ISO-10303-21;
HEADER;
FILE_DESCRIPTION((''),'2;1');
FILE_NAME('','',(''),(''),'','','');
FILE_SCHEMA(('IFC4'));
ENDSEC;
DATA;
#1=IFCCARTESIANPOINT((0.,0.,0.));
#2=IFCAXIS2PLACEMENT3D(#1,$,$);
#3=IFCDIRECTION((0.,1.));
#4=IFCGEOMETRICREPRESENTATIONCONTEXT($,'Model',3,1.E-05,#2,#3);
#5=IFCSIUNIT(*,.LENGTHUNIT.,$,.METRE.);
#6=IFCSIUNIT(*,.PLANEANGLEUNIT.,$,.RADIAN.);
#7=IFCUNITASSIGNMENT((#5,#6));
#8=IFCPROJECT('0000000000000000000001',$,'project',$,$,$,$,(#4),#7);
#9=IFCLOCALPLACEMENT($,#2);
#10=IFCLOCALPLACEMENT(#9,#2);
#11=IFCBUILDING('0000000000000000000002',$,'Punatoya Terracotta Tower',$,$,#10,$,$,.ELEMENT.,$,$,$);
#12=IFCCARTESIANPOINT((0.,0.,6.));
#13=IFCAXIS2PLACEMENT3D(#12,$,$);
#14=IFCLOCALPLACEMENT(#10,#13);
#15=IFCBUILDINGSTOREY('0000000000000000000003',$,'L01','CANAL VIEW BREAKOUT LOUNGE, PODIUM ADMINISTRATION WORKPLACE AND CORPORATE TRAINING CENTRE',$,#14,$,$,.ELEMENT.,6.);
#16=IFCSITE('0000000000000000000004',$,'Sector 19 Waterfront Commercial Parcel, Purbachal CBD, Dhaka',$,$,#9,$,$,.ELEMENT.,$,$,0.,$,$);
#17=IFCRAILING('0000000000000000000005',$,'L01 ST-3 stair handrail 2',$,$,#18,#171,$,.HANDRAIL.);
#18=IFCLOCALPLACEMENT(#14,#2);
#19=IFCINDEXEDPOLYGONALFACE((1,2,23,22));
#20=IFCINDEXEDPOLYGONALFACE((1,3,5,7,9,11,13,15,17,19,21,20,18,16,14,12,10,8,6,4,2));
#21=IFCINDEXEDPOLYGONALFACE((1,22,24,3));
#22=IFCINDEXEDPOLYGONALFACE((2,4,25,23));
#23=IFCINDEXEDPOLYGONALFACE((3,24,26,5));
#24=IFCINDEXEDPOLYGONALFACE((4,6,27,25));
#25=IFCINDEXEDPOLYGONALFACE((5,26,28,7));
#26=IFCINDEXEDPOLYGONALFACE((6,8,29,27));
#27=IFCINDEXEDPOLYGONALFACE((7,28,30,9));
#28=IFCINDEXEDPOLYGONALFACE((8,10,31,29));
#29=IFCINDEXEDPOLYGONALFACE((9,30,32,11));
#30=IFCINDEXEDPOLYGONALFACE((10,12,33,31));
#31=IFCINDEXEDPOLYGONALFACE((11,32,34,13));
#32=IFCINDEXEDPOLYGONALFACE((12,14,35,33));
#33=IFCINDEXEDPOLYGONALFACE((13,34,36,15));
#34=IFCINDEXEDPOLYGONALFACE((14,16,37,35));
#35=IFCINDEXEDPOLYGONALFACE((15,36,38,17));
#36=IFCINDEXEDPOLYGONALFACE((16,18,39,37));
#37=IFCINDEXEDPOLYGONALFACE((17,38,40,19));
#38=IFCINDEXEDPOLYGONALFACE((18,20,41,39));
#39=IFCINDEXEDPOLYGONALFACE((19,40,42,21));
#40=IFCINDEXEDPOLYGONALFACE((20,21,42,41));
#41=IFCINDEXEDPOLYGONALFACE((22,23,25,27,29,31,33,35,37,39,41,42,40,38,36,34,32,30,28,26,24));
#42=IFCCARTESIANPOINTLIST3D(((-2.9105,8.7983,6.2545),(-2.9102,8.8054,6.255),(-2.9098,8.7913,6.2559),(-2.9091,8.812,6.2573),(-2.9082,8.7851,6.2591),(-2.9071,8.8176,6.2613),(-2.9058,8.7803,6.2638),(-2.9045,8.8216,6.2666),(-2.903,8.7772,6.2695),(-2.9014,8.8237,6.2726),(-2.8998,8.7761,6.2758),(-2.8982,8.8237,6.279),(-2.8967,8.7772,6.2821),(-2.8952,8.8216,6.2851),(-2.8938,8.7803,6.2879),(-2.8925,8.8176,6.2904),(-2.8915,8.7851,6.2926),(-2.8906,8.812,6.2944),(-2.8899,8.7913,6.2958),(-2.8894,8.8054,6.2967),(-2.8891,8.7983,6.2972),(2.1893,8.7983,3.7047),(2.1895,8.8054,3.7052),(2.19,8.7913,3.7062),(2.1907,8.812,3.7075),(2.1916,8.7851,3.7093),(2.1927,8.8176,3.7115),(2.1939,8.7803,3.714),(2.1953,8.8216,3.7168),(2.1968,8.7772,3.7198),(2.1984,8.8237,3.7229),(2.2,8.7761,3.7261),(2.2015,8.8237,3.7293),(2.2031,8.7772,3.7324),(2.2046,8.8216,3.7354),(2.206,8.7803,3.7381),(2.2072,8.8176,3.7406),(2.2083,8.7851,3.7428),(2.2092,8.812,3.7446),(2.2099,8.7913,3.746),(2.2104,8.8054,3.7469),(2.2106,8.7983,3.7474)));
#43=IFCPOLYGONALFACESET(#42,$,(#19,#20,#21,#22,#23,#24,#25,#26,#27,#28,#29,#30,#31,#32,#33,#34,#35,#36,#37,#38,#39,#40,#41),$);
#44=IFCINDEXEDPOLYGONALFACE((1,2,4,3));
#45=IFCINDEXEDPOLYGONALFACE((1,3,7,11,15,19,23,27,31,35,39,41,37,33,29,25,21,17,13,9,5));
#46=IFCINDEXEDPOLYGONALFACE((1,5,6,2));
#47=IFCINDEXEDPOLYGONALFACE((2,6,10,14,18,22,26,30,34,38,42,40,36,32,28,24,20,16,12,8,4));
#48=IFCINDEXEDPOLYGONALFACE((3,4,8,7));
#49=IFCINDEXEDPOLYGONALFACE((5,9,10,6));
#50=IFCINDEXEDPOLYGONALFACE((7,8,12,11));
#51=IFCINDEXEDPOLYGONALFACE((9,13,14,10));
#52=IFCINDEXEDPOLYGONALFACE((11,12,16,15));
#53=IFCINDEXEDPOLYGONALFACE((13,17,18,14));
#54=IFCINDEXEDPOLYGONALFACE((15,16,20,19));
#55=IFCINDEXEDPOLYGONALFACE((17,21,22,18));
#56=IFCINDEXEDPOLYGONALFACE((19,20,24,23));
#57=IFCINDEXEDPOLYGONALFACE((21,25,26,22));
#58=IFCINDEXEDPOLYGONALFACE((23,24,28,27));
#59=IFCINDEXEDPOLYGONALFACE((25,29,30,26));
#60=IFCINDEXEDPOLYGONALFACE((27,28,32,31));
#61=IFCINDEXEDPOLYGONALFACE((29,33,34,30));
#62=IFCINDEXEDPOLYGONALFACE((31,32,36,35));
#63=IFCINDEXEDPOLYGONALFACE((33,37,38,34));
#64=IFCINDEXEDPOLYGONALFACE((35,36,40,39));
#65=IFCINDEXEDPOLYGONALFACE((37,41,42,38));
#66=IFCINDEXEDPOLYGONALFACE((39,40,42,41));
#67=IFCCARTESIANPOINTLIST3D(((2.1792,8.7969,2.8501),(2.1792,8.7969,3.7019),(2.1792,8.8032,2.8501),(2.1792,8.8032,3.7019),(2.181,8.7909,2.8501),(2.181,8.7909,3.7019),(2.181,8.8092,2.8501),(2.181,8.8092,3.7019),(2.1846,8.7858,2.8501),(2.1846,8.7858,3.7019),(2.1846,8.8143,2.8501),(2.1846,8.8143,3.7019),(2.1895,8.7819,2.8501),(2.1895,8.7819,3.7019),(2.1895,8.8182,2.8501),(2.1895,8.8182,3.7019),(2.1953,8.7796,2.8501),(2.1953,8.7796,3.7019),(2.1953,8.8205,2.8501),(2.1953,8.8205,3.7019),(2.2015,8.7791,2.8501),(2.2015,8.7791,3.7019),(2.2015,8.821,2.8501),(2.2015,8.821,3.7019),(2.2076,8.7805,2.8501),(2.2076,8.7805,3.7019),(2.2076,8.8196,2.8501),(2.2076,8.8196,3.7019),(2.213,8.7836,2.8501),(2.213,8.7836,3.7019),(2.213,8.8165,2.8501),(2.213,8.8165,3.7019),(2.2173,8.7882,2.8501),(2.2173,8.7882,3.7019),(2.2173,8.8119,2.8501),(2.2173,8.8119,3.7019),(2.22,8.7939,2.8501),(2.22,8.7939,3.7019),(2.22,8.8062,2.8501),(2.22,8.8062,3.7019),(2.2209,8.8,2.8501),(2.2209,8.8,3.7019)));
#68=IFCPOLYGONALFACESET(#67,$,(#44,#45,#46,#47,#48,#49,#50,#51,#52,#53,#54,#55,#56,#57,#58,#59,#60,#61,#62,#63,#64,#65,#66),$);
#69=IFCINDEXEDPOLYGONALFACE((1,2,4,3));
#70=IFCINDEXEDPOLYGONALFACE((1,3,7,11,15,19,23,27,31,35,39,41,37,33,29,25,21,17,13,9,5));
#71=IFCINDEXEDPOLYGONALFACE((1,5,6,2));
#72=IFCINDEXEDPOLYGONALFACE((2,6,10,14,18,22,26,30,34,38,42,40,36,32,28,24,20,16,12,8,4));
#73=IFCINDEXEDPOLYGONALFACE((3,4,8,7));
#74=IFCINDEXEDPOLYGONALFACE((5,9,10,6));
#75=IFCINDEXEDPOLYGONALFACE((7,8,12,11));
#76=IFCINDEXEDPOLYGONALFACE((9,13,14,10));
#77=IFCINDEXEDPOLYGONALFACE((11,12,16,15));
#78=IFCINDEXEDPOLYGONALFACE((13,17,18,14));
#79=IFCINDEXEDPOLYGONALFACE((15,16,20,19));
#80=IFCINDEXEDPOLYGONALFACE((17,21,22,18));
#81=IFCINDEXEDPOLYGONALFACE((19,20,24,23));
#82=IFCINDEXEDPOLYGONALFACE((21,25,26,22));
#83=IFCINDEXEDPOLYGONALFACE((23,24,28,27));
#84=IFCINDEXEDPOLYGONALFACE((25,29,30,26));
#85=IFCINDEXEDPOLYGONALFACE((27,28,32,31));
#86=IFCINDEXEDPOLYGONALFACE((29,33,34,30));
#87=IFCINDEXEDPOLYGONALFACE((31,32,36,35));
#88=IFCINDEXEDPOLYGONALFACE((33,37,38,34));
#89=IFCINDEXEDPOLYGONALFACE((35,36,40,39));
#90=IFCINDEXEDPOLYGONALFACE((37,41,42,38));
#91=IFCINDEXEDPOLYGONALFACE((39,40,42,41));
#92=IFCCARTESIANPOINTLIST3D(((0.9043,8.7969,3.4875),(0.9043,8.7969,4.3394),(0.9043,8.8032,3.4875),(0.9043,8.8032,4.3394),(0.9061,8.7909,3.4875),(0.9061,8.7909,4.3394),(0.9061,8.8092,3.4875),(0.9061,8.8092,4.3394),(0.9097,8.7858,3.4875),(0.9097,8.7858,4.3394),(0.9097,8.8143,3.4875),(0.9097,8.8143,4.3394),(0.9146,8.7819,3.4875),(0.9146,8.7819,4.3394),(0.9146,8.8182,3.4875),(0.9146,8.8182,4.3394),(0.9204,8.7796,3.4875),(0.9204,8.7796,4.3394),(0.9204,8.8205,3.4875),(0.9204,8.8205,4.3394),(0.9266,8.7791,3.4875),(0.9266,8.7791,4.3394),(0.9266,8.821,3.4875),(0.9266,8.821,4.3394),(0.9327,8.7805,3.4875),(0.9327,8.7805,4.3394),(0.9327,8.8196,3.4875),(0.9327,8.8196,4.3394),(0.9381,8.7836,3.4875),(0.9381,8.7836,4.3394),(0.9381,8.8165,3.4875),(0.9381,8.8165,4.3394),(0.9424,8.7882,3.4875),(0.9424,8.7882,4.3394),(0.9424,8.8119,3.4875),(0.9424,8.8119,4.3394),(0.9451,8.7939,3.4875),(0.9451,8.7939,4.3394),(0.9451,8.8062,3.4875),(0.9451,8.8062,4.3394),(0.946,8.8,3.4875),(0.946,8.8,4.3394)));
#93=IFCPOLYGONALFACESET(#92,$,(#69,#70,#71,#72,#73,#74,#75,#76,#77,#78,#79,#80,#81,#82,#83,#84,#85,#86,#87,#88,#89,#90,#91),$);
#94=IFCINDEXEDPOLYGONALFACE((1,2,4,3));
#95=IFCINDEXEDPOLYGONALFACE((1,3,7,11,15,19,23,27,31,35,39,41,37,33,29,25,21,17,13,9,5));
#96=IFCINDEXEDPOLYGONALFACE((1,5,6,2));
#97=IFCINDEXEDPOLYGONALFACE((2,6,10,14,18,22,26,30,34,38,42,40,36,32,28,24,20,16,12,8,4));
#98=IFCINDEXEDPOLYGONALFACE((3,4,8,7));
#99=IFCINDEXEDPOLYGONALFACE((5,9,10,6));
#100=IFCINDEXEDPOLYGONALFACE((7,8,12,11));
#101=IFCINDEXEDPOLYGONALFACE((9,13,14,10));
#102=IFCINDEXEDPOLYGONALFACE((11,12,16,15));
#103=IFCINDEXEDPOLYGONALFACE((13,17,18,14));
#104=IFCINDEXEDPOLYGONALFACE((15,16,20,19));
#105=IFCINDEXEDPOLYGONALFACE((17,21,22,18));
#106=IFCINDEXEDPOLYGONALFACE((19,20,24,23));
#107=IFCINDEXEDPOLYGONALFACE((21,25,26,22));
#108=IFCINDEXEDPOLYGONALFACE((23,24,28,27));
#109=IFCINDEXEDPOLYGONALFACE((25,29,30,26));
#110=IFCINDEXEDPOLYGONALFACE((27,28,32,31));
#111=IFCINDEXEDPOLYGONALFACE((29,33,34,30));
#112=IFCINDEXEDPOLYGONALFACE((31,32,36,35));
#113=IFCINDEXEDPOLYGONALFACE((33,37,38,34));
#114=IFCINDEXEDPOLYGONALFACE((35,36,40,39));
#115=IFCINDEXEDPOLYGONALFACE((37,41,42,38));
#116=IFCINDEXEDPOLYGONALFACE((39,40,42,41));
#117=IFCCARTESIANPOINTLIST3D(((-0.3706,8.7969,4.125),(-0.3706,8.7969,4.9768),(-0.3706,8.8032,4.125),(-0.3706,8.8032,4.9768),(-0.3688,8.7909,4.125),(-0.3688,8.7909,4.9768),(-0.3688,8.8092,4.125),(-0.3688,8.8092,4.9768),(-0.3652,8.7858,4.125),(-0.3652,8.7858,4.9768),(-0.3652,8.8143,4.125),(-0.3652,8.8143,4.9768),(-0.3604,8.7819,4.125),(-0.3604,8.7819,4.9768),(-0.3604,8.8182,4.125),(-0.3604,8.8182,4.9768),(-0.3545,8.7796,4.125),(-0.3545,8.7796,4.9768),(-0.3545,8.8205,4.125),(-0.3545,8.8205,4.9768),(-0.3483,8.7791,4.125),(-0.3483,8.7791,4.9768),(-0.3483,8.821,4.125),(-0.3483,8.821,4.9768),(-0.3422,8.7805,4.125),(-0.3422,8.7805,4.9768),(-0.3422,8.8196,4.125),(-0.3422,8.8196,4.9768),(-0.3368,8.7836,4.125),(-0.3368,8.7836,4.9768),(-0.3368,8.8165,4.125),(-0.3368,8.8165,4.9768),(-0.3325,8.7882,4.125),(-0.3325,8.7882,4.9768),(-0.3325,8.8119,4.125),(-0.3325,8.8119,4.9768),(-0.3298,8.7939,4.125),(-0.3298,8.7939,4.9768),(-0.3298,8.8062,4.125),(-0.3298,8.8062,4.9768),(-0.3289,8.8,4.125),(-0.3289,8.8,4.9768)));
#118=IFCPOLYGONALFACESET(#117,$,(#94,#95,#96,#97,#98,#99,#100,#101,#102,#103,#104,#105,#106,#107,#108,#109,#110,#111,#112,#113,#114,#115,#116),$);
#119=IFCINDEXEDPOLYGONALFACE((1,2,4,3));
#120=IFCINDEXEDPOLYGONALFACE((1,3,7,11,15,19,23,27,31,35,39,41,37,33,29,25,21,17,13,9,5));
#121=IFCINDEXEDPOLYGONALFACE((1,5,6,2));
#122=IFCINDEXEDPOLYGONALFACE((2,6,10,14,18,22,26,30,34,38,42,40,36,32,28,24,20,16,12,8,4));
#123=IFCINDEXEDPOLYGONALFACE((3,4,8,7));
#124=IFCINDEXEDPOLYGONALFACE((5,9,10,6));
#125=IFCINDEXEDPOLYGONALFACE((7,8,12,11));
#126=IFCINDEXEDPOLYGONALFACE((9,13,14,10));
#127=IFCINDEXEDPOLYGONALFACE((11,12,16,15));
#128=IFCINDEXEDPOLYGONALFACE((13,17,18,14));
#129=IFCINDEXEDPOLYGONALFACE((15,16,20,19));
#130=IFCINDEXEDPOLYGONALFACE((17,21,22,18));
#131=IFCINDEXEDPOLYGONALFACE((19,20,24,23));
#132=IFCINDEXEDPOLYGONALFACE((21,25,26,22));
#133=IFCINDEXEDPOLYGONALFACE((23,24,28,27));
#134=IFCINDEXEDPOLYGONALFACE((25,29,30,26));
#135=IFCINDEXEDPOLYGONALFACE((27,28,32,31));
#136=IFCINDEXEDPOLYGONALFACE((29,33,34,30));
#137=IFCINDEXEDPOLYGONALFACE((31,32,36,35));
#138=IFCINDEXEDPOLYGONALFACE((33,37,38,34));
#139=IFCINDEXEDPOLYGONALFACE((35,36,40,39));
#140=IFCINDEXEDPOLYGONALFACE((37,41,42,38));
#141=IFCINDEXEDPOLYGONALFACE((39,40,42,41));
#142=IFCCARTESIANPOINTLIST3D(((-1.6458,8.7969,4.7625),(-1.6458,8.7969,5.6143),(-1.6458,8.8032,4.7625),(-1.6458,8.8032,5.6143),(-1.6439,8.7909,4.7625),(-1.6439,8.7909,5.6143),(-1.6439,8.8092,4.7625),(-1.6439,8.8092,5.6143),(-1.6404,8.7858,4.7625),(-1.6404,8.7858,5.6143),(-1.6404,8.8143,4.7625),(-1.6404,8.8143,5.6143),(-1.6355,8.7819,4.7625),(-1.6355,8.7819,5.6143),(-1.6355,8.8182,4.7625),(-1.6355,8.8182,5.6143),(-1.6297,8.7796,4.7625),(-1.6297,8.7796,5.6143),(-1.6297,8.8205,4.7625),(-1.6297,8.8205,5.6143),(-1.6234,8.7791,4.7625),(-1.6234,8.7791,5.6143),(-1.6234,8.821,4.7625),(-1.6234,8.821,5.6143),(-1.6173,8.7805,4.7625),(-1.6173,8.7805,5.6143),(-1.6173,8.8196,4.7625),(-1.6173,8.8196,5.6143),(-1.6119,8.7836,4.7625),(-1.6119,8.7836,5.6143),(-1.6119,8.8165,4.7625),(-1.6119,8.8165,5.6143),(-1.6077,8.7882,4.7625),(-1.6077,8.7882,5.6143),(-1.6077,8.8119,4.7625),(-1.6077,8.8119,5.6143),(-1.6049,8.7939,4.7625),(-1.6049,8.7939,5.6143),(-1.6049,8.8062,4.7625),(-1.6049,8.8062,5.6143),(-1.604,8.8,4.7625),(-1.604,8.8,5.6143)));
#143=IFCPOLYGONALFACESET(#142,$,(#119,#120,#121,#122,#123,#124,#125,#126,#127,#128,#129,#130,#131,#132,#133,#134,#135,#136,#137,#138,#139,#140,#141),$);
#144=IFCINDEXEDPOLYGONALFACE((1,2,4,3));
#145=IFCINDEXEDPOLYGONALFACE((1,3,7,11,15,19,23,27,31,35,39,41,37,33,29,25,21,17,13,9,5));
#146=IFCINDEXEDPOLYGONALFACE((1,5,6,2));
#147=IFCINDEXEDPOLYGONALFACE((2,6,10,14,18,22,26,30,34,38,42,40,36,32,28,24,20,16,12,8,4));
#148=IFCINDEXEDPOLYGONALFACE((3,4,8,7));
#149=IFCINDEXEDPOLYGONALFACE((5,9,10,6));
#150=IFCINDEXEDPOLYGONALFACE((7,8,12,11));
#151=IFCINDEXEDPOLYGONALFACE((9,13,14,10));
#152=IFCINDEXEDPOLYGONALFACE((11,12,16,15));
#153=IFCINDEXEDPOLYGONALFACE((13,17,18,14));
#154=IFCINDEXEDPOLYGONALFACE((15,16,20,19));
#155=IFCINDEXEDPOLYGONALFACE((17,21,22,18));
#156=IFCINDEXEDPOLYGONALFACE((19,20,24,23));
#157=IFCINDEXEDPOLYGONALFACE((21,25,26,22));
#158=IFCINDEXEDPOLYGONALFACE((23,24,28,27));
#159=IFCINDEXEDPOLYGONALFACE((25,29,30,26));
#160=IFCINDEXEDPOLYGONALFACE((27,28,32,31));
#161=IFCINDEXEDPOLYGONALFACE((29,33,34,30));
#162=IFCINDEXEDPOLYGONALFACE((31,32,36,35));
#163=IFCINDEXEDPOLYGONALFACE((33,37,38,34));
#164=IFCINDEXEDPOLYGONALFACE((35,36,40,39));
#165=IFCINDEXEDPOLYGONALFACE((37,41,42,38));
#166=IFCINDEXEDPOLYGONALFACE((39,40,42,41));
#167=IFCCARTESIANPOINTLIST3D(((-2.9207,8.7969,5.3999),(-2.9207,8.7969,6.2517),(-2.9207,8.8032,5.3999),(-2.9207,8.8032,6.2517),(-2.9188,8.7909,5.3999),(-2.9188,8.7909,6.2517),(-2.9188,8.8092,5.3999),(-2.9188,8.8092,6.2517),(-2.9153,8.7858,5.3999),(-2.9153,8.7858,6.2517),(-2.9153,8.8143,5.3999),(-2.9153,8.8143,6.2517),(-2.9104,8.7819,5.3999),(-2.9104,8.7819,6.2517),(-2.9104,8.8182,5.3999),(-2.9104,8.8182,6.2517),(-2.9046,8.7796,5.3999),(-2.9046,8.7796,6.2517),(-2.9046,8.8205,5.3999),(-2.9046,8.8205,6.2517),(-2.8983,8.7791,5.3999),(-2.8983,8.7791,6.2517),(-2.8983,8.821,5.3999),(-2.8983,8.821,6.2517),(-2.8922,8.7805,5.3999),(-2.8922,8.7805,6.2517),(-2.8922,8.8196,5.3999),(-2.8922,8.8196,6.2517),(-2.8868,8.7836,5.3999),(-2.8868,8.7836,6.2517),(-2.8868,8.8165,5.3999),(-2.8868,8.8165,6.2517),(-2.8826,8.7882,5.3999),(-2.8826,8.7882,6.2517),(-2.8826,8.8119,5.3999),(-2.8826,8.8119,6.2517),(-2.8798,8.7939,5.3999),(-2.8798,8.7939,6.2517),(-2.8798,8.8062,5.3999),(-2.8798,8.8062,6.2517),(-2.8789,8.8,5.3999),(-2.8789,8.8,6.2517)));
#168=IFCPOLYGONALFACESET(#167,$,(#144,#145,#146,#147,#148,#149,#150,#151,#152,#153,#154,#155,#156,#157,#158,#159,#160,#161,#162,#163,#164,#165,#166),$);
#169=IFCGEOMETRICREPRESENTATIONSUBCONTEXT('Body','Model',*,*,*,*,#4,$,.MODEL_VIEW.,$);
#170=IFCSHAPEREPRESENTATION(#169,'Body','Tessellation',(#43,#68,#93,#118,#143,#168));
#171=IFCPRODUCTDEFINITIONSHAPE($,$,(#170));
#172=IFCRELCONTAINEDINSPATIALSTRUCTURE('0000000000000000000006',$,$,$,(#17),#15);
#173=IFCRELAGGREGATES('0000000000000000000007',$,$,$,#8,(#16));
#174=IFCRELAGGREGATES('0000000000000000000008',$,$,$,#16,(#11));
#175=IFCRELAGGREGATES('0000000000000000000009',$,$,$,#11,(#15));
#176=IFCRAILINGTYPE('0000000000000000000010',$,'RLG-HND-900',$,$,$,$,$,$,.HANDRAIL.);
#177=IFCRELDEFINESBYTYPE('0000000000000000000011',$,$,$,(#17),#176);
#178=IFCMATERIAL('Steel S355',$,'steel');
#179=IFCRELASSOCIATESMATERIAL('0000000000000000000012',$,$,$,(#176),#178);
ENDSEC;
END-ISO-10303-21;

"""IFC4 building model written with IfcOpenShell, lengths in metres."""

from ifc_helpers import new_model, si_unit, direction, frame, origin, origin_2d, place, context, subcontext, project, spatial, circle, extrude, material, type_object, element, save


model = new_model("IFC4")

# Units and contexts
model_context = context("Model", 3, precision=1e-05, world=origin(), true_north=direction((0.0, 1.0)))
body_context = subcontext(model_context, "Body", "Model", "MODEL_VIEW")
ifc_project = project(units=[si_unit("LENGTHUNIT", "METRE"), si_unit("PLANEANGLEUNIT", "RADIAN")], contexts=[model_context])

# Site, building, storey
site_placement = place(None, origin())
site = spatial("IfcSite", under=ifc_project, at=site_placement, Name="Sector 19 Waterfront Commercial Parcel, Purbachal CBD, Dhaka", CompositionType="ELEMENT", RefElevation=0.0)
building_placement = place(site_placement, origin())
building = spatial("IfcBuilding", under=site, at=building_placement, Name="Punatoya Terracotta Tower", CompositionType="ELEMENT")
storey_placement = place(building_placement, frame((0.0, 0.0, 6.0)))
storey = spatial("IfcBuildingStorey", under=building, at=storey_placement, Name="L01", Description="CANAL VIEW BREAKOUT LOUNGE, PODIUM ADMINISTRATION WORKPLACE AND CORPORATE TRAINING CENTRE", CompositionType="ELEMENT", Elevation=6.0)

# Shared definitions
ifc_material_1 = material(Name="Steel S355", Category="steel")

# Railing
railing_type_1 = type_object("IfcRailingType", Name="RLG-HND-900", PredefinedType="HANDRAIL", material=ifc_material_1)
railing_1_placement = place(storey_placement, frame((2.2, 8.8, 2.8501)))
element("IfcRailing", 1, at=railing_1_placement, inside=storey, type_object=railing_type_1, Name="L01 ST-3 stair handrail 2", PredefinedType="HANDRAIL", context=body_context, shape_type="SweptSolid", body=[
    extrude(circle(Radius=0.0239, at=origin_2d()), frame((0.0, 0.0, 0.876), z_axis=(-0.894436, 0.0, 0.447196), x_axis=(0.0, -1.0, 0.0)), (0.0, 0.0, 1.0), 5.7017),
    extrude(circle(Radius=0.021, at=origin_2d()), origin(), (0.0, 0.0, 1.0), 0.8518),
    extrude(circle(Radius=0.021, at=origin_2d()), frame((-1.2749, 0.0, 0.6375)), (0.0, 0.0, 1.0), 0.8518),
    extrude(circle(Radius=0.021, at=origin_2d()), frame((-2.5498, 0.0, 1.2749)), (0.0, 0.0, 1.0), 0.8518),
    extrude(circle(Radius=0.021, at=origin_2d()), frame((-3.825, 0.0, 1.9124)), (0.0, 0.0, 1.0), 0.8518),
    extrude(circle(Radius=0.021, at=origin_2d()), frame((-5.0999, 0.0, 2.5498)), (0.0, 0.0, 1.0), 0.8518),
])

save(model, "model.ifc")
